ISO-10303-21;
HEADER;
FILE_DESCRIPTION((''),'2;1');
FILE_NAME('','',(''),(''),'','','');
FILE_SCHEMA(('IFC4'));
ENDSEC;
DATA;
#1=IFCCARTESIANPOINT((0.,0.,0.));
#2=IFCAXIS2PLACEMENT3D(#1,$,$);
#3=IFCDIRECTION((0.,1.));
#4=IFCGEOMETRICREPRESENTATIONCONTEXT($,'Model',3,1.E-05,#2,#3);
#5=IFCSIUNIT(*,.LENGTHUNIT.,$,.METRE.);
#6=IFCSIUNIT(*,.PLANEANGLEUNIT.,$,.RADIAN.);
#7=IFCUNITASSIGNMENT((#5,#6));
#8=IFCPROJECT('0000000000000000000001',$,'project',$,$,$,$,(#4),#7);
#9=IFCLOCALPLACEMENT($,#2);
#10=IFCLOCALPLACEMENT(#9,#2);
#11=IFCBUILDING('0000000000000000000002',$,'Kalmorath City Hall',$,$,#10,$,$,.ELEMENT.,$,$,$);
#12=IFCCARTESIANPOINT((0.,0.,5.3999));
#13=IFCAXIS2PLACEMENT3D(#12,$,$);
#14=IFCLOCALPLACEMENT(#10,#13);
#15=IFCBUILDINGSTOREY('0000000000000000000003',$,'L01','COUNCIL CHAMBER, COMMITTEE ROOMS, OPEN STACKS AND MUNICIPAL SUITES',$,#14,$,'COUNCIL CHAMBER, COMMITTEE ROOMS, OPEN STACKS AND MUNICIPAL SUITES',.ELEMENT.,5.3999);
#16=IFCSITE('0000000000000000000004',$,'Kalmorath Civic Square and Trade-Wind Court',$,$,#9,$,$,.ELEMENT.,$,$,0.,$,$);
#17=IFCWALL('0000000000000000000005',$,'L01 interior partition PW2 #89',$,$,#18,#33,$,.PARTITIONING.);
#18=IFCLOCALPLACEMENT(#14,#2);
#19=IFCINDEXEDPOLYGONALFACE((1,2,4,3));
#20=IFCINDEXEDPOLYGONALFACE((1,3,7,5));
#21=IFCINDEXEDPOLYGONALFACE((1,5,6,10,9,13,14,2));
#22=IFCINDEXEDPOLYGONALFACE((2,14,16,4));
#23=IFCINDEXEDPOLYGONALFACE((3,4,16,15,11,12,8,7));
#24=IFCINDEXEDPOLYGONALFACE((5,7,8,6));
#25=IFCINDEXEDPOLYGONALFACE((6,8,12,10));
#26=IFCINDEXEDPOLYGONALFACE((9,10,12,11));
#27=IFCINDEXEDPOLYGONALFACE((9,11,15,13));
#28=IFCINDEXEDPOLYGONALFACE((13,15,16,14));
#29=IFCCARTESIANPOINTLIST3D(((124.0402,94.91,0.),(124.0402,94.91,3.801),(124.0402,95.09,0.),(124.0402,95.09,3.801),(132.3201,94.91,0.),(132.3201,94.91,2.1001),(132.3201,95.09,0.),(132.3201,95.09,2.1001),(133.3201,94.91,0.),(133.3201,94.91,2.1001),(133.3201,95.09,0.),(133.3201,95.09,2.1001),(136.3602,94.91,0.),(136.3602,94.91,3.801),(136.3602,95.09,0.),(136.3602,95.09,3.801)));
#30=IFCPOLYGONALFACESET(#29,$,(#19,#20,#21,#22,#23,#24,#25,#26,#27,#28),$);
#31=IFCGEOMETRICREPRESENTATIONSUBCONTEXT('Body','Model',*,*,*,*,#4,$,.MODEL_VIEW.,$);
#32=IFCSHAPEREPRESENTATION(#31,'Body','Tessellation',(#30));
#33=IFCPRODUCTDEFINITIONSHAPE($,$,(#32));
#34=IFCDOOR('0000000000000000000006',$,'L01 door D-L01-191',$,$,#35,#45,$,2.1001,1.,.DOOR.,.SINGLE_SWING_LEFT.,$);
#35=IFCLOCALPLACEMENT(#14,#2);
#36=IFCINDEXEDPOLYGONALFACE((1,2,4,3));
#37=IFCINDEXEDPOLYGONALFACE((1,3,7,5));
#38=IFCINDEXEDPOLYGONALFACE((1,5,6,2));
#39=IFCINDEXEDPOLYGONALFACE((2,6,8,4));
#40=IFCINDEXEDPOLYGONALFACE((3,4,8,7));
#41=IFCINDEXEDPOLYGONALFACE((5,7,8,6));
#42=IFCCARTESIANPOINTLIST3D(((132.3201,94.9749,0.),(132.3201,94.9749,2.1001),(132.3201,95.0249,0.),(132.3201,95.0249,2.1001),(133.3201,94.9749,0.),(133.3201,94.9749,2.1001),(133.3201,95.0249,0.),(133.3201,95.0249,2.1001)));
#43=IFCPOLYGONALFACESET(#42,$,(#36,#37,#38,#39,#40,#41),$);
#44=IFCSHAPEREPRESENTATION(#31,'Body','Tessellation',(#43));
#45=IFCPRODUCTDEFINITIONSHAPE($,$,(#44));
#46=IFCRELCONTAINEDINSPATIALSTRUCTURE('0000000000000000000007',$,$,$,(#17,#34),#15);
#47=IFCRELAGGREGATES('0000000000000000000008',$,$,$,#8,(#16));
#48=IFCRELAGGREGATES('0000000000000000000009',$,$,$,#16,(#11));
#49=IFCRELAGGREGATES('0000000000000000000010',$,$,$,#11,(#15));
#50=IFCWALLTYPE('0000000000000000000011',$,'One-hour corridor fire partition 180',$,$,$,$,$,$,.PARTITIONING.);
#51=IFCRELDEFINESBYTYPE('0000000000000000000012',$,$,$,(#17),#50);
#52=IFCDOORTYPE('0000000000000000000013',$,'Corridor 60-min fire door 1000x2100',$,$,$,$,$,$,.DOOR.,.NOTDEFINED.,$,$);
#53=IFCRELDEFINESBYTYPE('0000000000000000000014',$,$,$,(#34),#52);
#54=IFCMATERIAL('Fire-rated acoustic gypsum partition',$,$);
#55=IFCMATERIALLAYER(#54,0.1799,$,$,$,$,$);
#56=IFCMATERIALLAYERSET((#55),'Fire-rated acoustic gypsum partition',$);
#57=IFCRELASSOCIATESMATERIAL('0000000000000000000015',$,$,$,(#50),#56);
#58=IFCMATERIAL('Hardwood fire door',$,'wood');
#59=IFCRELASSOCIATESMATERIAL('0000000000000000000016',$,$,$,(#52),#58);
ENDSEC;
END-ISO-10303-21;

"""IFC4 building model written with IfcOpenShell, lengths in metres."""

from ifc_helpers import new_model, si_unit, direction, frame, frame_2d, origin, place, context, subcontext, project, spatial, rectangle, extrude, material, layer, layer_set, type_object, element, fill, save


model = new_model("IFC4")

# Units and contexts
model_context = context("Model", 3, precision=1e-05, world=origin(), true_north=direction((0.0, 1.0)))
body_context = subcontext(model_context, "Body", "Model", "MODEL_VIEW")
ifc_project = project(units=[si_unit("LENGTHUNIT", "METRE"), si_unit("PLANEANGLEUNIT", "RADIAN")], contexts=[model_context])

# Site, building, storey
site_placement = place(None, origin())
site = spatial("IfcSite", under=ifc_project, at=site_placement, Name="Kalmorath Civic Square and Trade-Wind Court", CompositionType="ELEMENT", RefElevation=0.0)
building_placement = place(site_placement, origin())
building = spatial("IfcBuilding", under=site, at=building_placement, Name="Kalmorath City Hall", CompositionType="ELEMENT")
storey_placement = place(building_placement, frame((0.0, 0.0, 5.3999)))
storey = spatial("IfcBuildingStorey", under=building, at=storey_placement, Name="L01", Description="COUNCIL CHAMBER, COMMITTEE ROOMS, OPEN STACKS AND MUNICIPAL SUITES", LongName="COUNCIL CHAMBER, COMMITTEE ROOMS, OPEN STACKS AND MUNICIPAL SUITES", CompositionType="ELEMENT", Elevation=5.3999)

# Wall, opening, door
ifc_material_1 = material(Name="Fire-rated acoustic gypsum partition")
ifc_layer_1 = layer(ifc_material_1, 0.1799)
ifc_layer_set_1 = layer_set([ifc_layer_1], Name="Fire-rated acoustic gypsum partition")
wall_type = type_object("IfcWallType", Name="One-hour corridor fire partition 180", PredefinedType="PARTITIONING", material=ifc_layer_set_1)
wall_placement = place(storey_placement, frame((124.04, 95.0, 0.0), z_axis=(0.0, 0.0, 1.0), x_axis=(1.0, 0.0, 0.0)))
wall = element("IfcWall", 1, at=wall_placement, inside=storey, type_object=wall_type, Name="L01 interior partition PW2 #89", PredefinedType="PARTITIONING", context=body_context, shape_type="SweptSolid", body=[
    extrude(rectangle(XDim=12.3201, YDim=0.1799, at=frame_2d((6.1602, 0.0))), origin(), (0.0, 0.0, 1.0), 3.801),
])
opening_placement = place(wall_placement, frame((8.28, 0.0, 0.0)))
opening = element("IfcOpeningElement", 2, at=opening_placement, cuts=wall, PredefinedType="OPENING", context=body_context, shape_type="SweptSolid", body=[
    extrude(rectangle(XDim=1.0, YDim=2.1001, at=frame_2d((0.5, 1.05))), frame((0.0, 0.0999, 0.0), z_axis=(0.0, -1.0, 0.0), x_axis=(1.0, 0.0, 0.0)), (0.0, 0.0, 1.0), 0.2),
])
ifc_material_2 = material(Name="Hardwood fire door", Category="wood")
door_type = type_object("IfcDoorType", Name="Corridor 60-min fire door 1000x2100", OperationType="NOTDEFINED", PredefinedType="DOOR", material=ifc_material_2)
door_placement = place(opening_placement, origin())
door = element("IfcDoor", 3, at=door_placement, inside=storey, type_object=door_type, Name="L01 door D-L01-191", OperationType="SINGLE_SWING_LEFT", OverallHeight=2.1001, OverallWidth=1.0, PredefinedType="DOOR", context=body_context, shape_type="SweptSolid", body=[
    extrude(rectangle(XDim=1.0, YDim=2.1001, at=frame_2d((0.5, 1.05))), frame((0.0, 0.0249, 0.0), z_axis=(0.0, -1.0, 0.0), x_axis=(1.0, 0.0, 0.0)), (0.0, 0.0, 1.0), 0.05),
])
fill(opening, door)

save(model, "model.ifc")
